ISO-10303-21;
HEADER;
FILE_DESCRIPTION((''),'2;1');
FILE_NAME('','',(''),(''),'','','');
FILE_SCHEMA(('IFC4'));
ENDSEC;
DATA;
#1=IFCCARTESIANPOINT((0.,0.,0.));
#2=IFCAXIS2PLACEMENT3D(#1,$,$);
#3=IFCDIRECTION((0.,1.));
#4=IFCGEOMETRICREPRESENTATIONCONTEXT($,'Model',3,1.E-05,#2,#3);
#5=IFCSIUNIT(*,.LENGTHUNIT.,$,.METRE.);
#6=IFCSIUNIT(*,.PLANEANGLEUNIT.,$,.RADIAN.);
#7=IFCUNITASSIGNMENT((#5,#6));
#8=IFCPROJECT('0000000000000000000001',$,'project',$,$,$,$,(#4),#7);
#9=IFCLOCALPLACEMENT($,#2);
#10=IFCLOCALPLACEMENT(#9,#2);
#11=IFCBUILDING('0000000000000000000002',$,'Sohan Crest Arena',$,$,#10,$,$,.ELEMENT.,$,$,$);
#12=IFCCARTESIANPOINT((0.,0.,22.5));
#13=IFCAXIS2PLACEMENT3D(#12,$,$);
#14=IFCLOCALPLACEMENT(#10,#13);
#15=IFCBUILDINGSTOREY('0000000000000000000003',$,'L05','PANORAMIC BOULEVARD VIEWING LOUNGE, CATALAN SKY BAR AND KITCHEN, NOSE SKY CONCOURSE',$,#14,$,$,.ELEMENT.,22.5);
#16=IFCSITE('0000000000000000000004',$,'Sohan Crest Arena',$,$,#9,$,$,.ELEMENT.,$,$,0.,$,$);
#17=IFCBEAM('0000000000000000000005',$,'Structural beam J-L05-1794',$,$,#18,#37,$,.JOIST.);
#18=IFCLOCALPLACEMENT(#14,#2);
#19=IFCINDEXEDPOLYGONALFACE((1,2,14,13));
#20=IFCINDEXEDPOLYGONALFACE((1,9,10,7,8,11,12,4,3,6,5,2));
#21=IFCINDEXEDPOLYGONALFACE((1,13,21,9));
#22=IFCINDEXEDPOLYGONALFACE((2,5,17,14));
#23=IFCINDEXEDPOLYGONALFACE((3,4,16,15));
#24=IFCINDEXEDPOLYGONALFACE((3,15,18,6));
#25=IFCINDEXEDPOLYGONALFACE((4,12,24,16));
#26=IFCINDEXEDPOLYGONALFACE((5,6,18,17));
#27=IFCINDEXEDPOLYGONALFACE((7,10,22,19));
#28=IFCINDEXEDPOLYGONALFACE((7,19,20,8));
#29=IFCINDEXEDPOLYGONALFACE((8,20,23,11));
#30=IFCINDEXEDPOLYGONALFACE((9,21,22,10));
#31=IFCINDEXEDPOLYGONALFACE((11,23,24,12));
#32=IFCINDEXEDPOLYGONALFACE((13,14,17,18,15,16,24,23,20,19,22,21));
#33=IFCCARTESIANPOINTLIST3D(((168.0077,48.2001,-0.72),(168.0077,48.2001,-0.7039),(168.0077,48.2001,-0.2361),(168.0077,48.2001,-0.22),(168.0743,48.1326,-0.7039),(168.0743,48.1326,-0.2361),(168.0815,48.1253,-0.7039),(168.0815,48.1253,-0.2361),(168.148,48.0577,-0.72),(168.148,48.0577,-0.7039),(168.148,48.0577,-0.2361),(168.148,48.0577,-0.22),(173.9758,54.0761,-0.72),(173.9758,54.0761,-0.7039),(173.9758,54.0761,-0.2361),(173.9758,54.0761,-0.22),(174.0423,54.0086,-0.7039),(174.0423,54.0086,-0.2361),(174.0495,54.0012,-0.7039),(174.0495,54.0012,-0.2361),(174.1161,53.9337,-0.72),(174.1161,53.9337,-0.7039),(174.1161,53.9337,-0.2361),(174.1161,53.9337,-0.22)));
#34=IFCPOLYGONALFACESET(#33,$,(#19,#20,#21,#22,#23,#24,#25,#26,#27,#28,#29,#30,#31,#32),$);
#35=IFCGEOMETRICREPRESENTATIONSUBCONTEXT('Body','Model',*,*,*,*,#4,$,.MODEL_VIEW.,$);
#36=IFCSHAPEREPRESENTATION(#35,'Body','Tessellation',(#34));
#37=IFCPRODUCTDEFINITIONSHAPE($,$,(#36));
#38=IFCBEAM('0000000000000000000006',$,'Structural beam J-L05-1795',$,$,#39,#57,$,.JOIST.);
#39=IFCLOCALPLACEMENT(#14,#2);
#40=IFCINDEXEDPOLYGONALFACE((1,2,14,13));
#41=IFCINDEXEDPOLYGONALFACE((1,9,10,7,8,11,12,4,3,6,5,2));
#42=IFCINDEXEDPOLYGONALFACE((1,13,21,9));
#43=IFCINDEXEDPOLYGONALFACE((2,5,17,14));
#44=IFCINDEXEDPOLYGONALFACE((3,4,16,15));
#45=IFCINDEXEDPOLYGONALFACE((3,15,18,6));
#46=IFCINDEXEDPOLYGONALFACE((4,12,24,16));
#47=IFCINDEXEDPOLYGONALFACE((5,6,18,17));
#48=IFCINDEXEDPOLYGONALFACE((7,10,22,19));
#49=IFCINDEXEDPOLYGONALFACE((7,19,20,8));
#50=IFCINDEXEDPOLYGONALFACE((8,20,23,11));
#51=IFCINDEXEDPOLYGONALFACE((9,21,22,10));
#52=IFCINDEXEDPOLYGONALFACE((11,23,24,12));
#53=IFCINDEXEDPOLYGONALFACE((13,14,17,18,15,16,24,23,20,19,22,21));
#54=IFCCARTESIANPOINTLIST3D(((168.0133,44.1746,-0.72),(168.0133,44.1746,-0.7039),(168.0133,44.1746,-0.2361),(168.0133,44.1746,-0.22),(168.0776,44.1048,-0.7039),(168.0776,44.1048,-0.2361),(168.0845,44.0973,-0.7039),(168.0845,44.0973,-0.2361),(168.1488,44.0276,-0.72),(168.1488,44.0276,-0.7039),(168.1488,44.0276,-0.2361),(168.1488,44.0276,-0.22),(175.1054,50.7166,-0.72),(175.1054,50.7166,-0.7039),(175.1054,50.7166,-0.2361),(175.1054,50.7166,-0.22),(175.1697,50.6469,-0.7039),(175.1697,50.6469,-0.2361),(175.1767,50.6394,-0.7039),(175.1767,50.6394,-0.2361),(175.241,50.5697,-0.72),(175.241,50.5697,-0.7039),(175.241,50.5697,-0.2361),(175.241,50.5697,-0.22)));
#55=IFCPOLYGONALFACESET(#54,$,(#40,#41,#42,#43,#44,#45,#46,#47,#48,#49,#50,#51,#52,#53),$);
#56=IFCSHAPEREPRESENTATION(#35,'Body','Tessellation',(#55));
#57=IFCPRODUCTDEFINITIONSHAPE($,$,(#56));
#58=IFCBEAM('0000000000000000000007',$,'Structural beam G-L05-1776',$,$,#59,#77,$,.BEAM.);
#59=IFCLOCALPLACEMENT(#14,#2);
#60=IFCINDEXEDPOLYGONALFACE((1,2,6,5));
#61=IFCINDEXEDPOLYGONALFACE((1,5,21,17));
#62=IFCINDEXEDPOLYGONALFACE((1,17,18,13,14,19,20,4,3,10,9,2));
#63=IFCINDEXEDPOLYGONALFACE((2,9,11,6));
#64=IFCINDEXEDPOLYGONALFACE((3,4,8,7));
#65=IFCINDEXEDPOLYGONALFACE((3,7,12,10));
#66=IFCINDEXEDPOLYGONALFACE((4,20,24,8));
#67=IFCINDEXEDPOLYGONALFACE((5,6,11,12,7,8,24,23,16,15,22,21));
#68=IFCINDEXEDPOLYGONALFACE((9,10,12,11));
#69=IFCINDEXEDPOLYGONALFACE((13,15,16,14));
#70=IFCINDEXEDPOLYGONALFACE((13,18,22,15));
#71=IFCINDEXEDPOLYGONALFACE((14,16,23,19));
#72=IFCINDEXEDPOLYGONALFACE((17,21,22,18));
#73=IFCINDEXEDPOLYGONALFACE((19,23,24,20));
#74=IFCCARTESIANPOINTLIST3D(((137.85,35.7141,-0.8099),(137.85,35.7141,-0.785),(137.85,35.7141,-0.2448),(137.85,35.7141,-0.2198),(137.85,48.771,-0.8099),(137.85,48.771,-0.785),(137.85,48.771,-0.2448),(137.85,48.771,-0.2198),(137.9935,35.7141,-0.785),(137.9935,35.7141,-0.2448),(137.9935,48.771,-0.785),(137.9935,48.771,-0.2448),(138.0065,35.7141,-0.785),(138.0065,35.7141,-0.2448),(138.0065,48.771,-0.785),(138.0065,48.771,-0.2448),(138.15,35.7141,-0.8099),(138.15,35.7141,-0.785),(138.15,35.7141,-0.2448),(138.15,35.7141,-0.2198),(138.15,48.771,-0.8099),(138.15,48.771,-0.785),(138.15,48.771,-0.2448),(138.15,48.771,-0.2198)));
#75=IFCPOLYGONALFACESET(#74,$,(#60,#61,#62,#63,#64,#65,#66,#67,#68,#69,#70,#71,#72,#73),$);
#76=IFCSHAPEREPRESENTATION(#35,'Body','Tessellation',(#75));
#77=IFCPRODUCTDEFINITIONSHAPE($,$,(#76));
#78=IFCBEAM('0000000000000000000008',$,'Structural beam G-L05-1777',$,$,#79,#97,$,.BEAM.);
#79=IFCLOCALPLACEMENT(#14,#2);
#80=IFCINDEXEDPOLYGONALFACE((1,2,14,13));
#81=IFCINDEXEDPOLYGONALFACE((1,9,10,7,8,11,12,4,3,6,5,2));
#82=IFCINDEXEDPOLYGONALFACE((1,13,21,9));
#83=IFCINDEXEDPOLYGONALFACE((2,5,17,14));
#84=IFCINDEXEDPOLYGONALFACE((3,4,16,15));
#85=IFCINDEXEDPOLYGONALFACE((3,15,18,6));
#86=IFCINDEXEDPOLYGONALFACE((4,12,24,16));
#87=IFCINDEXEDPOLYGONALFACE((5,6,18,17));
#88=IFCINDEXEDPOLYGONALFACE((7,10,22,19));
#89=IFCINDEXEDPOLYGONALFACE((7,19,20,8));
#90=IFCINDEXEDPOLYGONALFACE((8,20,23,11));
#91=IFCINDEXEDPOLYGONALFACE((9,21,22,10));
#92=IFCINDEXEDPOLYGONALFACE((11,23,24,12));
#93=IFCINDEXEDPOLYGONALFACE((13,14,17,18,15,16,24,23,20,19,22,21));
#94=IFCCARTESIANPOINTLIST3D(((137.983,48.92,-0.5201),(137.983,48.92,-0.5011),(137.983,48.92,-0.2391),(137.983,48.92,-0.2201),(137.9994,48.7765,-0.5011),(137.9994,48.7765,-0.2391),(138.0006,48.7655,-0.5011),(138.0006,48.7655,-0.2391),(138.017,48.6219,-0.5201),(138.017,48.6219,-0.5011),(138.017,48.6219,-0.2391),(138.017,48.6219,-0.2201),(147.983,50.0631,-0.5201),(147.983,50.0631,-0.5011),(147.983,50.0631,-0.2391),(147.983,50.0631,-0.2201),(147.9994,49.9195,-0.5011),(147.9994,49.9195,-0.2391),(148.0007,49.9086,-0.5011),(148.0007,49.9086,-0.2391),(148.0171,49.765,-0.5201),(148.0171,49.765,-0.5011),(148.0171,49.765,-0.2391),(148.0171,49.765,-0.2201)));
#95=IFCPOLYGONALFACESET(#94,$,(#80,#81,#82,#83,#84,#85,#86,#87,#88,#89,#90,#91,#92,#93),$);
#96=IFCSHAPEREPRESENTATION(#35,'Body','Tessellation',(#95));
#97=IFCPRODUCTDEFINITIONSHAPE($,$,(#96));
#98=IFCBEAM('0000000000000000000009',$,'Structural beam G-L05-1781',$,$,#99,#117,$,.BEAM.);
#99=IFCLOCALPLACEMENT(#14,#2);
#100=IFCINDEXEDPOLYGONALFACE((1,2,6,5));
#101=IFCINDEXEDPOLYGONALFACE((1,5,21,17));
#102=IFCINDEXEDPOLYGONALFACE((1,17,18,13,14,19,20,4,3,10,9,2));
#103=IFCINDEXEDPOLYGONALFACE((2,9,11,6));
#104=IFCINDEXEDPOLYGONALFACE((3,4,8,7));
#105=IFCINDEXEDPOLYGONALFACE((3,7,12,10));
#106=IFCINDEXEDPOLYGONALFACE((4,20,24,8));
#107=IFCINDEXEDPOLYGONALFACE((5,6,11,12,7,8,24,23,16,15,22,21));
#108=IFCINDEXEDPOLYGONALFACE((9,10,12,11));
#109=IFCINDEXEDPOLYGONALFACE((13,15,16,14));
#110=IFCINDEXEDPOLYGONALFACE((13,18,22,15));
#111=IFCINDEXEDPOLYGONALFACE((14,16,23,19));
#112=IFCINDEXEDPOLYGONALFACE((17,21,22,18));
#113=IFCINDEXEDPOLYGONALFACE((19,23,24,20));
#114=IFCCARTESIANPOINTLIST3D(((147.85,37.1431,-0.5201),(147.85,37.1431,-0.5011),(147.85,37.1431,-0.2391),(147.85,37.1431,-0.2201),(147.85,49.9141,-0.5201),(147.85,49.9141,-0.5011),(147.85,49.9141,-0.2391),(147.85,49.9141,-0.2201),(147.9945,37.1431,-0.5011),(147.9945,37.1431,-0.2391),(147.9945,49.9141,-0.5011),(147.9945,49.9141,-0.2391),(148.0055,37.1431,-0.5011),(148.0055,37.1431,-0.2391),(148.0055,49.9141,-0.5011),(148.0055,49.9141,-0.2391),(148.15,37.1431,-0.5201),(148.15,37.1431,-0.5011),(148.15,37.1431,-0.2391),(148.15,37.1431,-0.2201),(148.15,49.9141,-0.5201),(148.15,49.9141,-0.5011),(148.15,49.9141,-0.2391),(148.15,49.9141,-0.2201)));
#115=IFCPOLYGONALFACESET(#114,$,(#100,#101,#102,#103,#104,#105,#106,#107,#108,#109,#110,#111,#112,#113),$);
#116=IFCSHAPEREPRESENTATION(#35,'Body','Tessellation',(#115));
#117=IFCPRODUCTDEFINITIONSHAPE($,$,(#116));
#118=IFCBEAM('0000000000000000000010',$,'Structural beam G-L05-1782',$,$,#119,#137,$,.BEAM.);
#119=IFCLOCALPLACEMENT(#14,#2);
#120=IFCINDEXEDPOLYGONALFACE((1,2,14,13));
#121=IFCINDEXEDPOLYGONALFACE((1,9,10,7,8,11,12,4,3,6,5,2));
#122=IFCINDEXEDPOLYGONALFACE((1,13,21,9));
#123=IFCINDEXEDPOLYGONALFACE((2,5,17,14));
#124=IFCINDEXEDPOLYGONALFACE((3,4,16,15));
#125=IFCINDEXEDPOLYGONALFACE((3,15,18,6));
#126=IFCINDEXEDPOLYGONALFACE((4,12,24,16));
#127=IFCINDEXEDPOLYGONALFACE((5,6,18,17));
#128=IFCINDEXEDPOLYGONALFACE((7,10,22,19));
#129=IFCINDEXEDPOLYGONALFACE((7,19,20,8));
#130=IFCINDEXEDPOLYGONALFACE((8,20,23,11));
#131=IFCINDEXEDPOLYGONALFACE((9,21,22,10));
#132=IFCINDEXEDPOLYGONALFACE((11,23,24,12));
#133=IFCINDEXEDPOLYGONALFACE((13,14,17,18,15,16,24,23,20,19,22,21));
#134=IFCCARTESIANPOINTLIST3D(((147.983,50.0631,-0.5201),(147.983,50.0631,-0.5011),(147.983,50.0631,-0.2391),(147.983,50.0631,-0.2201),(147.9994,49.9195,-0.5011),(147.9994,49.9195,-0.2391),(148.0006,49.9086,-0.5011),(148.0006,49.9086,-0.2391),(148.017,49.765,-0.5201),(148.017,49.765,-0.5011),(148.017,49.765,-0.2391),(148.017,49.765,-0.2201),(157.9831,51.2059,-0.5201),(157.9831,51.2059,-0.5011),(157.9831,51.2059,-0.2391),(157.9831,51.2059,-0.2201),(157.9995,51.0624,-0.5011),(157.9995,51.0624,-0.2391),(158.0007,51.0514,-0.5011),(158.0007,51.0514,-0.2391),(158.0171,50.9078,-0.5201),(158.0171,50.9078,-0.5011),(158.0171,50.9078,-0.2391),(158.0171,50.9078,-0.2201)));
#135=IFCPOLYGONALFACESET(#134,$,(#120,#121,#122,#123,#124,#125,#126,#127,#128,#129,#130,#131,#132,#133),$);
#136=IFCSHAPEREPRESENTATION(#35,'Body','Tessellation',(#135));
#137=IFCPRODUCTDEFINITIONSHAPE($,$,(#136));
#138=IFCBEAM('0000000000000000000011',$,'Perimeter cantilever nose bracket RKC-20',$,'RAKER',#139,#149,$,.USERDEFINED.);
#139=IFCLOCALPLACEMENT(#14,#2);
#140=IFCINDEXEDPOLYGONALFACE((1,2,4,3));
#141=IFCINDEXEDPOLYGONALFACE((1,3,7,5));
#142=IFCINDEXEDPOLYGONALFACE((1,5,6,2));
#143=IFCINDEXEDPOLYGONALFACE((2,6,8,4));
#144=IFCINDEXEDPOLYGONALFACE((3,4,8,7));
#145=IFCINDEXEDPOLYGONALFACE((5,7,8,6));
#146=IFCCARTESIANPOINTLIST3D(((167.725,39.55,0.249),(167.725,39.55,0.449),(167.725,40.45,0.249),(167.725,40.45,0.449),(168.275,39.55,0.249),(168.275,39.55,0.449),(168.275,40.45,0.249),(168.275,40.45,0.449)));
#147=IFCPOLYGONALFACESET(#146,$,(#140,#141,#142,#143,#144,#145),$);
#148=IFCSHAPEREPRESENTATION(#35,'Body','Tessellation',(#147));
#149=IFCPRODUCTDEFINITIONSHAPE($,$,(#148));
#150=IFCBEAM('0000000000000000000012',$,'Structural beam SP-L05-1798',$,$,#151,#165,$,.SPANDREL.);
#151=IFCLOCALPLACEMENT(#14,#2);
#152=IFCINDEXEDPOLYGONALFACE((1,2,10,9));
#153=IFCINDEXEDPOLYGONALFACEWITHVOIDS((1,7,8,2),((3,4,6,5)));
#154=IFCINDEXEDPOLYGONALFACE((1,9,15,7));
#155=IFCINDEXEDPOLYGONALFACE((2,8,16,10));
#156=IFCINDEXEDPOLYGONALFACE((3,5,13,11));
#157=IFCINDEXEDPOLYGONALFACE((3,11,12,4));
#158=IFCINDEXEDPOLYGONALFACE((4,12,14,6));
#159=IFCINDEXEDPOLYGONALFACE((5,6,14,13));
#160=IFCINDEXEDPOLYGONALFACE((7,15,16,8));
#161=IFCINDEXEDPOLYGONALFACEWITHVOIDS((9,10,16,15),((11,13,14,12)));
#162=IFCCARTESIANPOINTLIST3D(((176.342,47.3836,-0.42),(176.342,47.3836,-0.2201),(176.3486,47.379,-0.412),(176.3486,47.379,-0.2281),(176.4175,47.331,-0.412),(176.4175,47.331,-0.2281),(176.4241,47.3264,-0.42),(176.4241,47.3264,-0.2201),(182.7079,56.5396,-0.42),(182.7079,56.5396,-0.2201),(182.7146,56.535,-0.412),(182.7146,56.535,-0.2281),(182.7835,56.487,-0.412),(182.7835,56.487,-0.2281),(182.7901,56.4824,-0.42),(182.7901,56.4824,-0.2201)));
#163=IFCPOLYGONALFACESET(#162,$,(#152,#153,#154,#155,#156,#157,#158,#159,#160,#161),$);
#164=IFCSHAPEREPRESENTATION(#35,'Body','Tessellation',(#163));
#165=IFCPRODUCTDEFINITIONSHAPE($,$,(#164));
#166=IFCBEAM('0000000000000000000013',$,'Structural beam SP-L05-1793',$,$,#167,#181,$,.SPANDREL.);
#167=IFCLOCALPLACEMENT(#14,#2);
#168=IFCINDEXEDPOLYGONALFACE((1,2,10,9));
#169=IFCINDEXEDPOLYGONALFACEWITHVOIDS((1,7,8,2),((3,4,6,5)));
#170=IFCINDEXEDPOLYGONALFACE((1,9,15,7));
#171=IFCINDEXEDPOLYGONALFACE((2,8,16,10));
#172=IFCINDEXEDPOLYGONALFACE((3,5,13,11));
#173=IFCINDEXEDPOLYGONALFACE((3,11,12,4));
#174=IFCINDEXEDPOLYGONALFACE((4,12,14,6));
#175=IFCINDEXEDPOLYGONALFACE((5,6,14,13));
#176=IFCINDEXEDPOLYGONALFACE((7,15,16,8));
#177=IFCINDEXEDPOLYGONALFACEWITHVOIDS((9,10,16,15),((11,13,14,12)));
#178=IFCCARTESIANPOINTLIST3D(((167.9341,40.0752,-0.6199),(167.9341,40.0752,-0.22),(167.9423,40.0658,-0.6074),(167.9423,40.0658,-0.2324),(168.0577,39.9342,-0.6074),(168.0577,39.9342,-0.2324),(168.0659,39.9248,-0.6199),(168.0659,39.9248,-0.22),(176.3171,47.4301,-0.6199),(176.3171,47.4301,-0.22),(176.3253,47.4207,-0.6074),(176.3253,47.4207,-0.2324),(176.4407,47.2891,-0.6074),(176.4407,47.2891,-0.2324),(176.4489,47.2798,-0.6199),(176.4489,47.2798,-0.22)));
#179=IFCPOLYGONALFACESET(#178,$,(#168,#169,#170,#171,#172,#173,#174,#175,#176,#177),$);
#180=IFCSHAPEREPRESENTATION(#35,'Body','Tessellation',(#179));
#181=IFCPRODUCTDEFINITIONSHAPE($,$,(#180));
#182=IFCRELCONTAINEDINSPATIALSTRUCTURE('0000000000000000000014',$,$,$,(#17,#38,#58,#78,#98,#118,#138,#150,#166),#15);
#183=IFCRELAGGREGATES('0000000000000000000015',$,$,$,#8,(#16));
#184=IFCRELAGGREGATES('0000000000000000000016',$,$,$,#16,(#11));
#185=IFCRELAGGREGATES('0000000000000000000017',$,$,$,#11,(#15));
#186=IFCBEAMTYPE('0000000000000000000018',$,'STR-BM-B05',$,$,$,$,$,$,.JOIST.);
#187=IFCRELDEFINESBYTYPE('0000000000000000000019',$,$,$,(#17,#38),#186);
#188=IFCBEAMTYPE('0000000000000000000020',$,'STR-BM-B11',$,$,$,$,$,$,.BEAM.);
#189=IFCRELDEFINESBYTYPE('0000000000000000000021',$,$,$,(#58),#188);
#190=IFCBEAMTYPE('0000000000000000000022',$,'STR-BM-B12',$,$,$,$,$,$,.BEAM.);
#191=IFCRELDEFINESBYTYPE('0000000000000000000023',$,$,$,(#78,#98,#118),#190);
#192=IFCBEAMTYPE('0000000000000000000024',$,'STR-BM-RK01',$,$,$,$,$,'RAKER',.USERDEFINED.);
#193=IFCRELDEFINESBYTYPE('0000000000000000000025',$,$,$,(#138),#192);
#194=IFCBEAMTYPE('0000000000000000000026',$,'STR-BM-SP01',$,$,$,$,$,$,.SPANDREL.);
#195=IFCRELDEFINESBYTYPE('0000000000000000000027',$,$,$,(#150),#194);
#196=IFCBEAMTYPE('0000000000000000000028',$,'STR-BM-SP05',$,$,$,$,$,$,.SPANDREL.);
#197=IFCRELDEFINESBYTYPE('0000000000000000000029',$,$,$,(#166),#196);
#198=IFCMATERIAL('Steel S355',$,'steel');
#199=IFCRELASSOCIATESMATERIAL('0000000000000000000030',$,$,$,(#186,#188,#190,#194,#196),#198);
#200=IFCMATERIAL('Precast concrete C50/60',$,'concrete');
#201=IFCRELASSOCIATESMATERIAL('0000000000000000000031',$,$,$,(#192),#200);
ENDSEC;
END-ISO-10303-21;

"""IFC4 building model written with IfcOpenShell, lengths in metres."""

from ifc_helpers import new_model, si_unit, direction, frame, origin, origin_2d, place, context, subcontext, project, spatial, rectangle, hollow_rectangle, i_section, extrude, material, material_profile, profile_set, type_object, element, save


model = new_model("IFC4")

# Units and contexts
model_context = context("Model", 3, precision=1e-05, world=origin(), true_north=direction((0.0, 1.0)))
body_context = subcontext(model_context, "Body", "Model", "MODEL_VIEW")
ifc_project = project(units=[si_unit("LENGTHUNIT", "METRE"), si_unit("PLANEANGLEUNIT", "RADIAN")], contexts=[model_context])

# Site, building, storey
site_placement = place(None, origin())
site = spatial("IfcSite", under=ifc_project, at=site_placement, Name="Sohan Crest Arena", CompositionType="ELEMENT", RefElevation=0.0)
building_placement = place(site_placement, origin())
building = spatial("IfcBuilding", under=site, at=building_placement, Name="Sohan Crest Arena", CompositionType="ELEMENT")
storey_placement = place(building_placement, frame((0.0, 0.0, 22.5)))
storey = spatial("IfcBuildingStorey", under=building, at=storey_placement, Name="L05", Description="PANORAMIC BOULEVARD VIEWING LOUNGE, CATALAN SKY BAR AND KITCHEN, NOSE SKY CONCOURSE", CompositionType="ELEMENT", Elevation=22.5)

# Shared definitions
ifc_material_1 = material(Name="Steel S355", Category="steel")

# Beams
ifc_material_profile_1 = material_profile(ifc_material_1, i_section(OverallWidth=0.2, OverallDepth=0.5, WebThickness=0.0103, FlangeThickness=0.0161, at=origin_2d()), Name="IPE 500")
ifc_profile_set_1 = profile_set([ifc_material_profile_1], Name="Steel S355")
beam_type_1 = type_object("IfcBeamType", Name="STR-BM-B05", PredefinedType="JOIST", material=ifc_profile_set_1)
beam_1_placement = place(storey_placement, frame((168.0779, 48.1289, -0.47), z_axis=(0.71258, 0.701591, 0.0), x_axis=(-0.701591, 0.71258, 0.0)))
element("IfcBeam", 1, at=beam_1_placement, inside=storey, type_object=beam_type_1, Name="Structural beam J-L05-1794", PredefinedType="JOIST", context=body_context, shape_type="SweptSolid", body=[
    extrude(i_section(OverallWidth=0.2, OverallDepth=0.5, WebThickness=0.0103, FlangeThickness=0.0161, at=origin_2d()), origin(), (0.0, 0.0, 1.0), 8.3752),
])
beam_2_placement = place(storey_placement, frame((168.0811, 44.1011, -0.47), z_axis=(0.735036, 0.678028, 0.0), x_axis=(-0.678028, 0.735036, 0.0)))
element("IfcBeam", 2, at=beam_2_placement, inside=storey, type_object=beam_type_1, Name="Structural beam J-L05-1795", PredefinedType="JOIST", context=body_context, shape_type="SweptSolid", body=[
    extrude(i_section(OverallWidth=0.2, OverallDepth=0.5, WebThickness=0.0103, FlangeThickness=0.0161, at=origin_2d()), origin(), (0.0, 0.0, 1.0), 9.6487),
])
ifc_material_profile_2 = material_profile(ifc_material_1, i_section(OverallWidth=0.3, OverallDepth=0.5901, WebThickness=0.0129, FlangeThickness=0.0249, at=origin_2d()), Name="HEA 600")
ifc_profile_set_2 = profile_set([ifc_material_profile_2], Name="Steel S355")
beam_type_2 = type_object("IfcBeamType", Name="STR-BM-B11", PredefinedType="BEAM", material=ifc_profile_set_2)
beam_3_placement = place(storey_placement, frame((138.0, 48.771, -0.5149), z_axis=(0.0, -1.0, 0.0), x_axis=(1.0, 0.0, 0.0)))
element("IfcBeam", 3, at=beam_3_placement, inside=storey, type_object=beam_type_2, Name="Structural beam G-L05-1776", PredefinedType="BEAM", context=body_context, shape_type="SweptSolid", body=[
    extrude(i_section(OverallWidth=0.3, OverallDepth=0.5901, WebThickness=0.0129, FlangeThickness=0.0249, at=origin_2d()), origin(), (0.0, 0.0, 1.0), 13.0569),
])
ifc_material_profile_3 = material_profile(ifc_material_1, i_section(OverallWidth=0.3, OverallDepth=0.3, WebThickness=0.011, FlangeThickness=0.019, at=origin_2d()), Name="HEB 300")
ifc_profile_set_3 = profile_set([ifc_material_profile_3], Name="Steel S355")
beam_type_3 = type_object("IfcBeamType", Name="STR-BM-B12", PredefinedType="BEAM", material=ifc_profile_set_3)
beam_4_placement = place(storey_placement, frame((138.0, 48.771, -0.3701), z_axis=(0.99353, 0.113567, 0.0), x_axis=(-0.113567, 0.99353, 0.0)))
element("IfcBeam", 4, at=beam_4_placement, inside=storey, type_object=beam_type_3, Name="Structural beam G-L05-1777", PredefinedType="BEAM", context=body_context, shape_type="SweptSolid", body=[
    extrude(i_section(OverallWidth=0.3, OverallDepth=0.3, WebThickness=0.011, FlangeThickness=0.019, at=origin_2d()), origin(), (0.0, 0.0, 1.0), 10.0652),
])
beam_5_placement = place(storey_placement, frame((148.0, 49.9141, -0.3701), z_axis=(0.0, -1.0, 0.0), x_axis=(1.0, 0.0, 0.0)))
element("IfcBeam", 5, at=beam_5_placement, inside=storey, type_object=beam_type_3, Name="Structural beam G-L05-1781", PredefinedType="BEAM", context=body_context, shape_type="SweptSolid", body=[
    extrude(i_section(OverallWidth=0.3, OverallDepth=0.3, WebThickness=0.011, FlangeThickness=0.019, at=origin_2d()), origin(), (0.0, 0.0, 1.0), 12.771),
])
beam_6_placement = place(storey_placement, frame((148.0, 49.9141, -0.3701), z_axis=(0.993533, 0.113543, 0.0), x_axis=(-0.113543, 0.993533, 0.0)))
element("IfcBeam", 6, at=beam_6_placement, inside=storey, type_object=beam_type_3, Name="Structural beam G-L05-1782", PredefinedType="BEAM", context=body_context, shape_type="SweptSolid", body=[
    extrude(i_section(OverallWidth=0.3, OverallDepth=0.3, WebThickness=0.011, FlangeThickness=0.019, at=origin_2d()), origin(), (0.0, 0.0, 1.0), 10.0652),
])
ifc_material_2 = material(Name="Precast concrete C50/60", Category="concrete")
ifc_material_profile_4 = material_profile(ifc_material_2, rectangle(XDim=0.55, YDim=0.8999, at=origin_2d()), Name="RAKER 550x900")
ifc_profile_set_4 = profile_set([ifc_material_profile_4], Name="Precast concrete C50/60")
beam_type_4 = type_object("IfcBeamType", Name="STR-BM-RK01", ElementType="RAKER", PredefinedType="USERDEFINED", material=ifc_profile_set_4)
beam_7_placement = place(storey_placement, frame((168.0, 40.0, 0.449), z_axis=(0.0, 0.0, -1.0), x_axis=(1.0, 0.0, 0.0)))
element("IfcBeam", 7, at=beam_7_placement, inside=storey, type_object=beam_type_4, Name="Perimeter cantilever nose bracket RKC-20", ObjectType="RAKER", PredefinedType="USERDEFINED", context=body_context, shape_type="SweptSolid", body=[
    extrude(rectangle(XDim=0.55, YDim=0.8999, at=origin_2d()), origin(), (0.0, 0.0, 1.0), 0.2),
])
ifc_material_profile_5 = material_profile(ifc_material_1, hollow_rectangle(XDim=0.1001, YDim=0.2, WallThickness=0.0081, at=origin_2d()), Name="RHS 200x100x8")
ifc_profile_set_5 = profile_set([ifc_material_profile_5], Name="Steel S355")
beam_type_5 = type_object("IfcBeamType", Name="STR-BM-SP01", PredefinedType="SPANDREL", material=ifc_profile_set_5)
beam_8_placement = place(storey_placement, frame((176.3831, 47.355, -0.3201), z_axis=(0.570857, 0.821049, 0.0), x_axis=(-0.821049, 0.570857, 0.0)))
element("IfcBeam", 8, at=beam_8_placement, inside=storey, type_object=beam_type_5, Name="Structural beam SP-L05-1798", PredefinedType="SPANDREL", context=body_context, shape_type="SweptSolid", body=[
    extrude(hollow_rectangle(XDim=0.1001, YDim=0.2, WallThickness=0.0081, at=origin_2d()), origin(), (0.0, 0.0, 1.0), 11.1516),
])
ifc_material_profile_6 = material_profile(ifc_material_1, hollow_rectangle(XDim=0.2, YDim=0.3999, WallThickness=0.0125, at=origin_2d()), Name="RHS 400x200x12.5")
ifc_profile_set_6 = profile_set([ifc_material_profile_6], Name="Steel S355")
beam_type_6 = type_object("IfcBeamType", Name="STR-BM-SP05", PredefinedType="SPANDREL", material=ifc_profile_set_6)
beam_9_placement = place(storey_placement, frame((168.0, 40.0, -0.4199), z_axis=(0.751696, 0.65951, 0.0), x_axis=(-0.65951, 0.751696, 0.0)))
element("IfcBeam", 9, at=beam_9_placement, inside=storey, type_object=beam_type_6, Name="Structural beam SP-L05-1793", PredefinedType="SPANDREL", context=body_context, shape_type="SweptSolid", body=[
    extrude(hollow_rectangle(XDim=0.2, YDim=0.3999, WallThickness=0.0125, at=origin_2d()), origin(), (0.0, 0.0, 1.0), 11.1521),
])

save(model, "model.ifc")
